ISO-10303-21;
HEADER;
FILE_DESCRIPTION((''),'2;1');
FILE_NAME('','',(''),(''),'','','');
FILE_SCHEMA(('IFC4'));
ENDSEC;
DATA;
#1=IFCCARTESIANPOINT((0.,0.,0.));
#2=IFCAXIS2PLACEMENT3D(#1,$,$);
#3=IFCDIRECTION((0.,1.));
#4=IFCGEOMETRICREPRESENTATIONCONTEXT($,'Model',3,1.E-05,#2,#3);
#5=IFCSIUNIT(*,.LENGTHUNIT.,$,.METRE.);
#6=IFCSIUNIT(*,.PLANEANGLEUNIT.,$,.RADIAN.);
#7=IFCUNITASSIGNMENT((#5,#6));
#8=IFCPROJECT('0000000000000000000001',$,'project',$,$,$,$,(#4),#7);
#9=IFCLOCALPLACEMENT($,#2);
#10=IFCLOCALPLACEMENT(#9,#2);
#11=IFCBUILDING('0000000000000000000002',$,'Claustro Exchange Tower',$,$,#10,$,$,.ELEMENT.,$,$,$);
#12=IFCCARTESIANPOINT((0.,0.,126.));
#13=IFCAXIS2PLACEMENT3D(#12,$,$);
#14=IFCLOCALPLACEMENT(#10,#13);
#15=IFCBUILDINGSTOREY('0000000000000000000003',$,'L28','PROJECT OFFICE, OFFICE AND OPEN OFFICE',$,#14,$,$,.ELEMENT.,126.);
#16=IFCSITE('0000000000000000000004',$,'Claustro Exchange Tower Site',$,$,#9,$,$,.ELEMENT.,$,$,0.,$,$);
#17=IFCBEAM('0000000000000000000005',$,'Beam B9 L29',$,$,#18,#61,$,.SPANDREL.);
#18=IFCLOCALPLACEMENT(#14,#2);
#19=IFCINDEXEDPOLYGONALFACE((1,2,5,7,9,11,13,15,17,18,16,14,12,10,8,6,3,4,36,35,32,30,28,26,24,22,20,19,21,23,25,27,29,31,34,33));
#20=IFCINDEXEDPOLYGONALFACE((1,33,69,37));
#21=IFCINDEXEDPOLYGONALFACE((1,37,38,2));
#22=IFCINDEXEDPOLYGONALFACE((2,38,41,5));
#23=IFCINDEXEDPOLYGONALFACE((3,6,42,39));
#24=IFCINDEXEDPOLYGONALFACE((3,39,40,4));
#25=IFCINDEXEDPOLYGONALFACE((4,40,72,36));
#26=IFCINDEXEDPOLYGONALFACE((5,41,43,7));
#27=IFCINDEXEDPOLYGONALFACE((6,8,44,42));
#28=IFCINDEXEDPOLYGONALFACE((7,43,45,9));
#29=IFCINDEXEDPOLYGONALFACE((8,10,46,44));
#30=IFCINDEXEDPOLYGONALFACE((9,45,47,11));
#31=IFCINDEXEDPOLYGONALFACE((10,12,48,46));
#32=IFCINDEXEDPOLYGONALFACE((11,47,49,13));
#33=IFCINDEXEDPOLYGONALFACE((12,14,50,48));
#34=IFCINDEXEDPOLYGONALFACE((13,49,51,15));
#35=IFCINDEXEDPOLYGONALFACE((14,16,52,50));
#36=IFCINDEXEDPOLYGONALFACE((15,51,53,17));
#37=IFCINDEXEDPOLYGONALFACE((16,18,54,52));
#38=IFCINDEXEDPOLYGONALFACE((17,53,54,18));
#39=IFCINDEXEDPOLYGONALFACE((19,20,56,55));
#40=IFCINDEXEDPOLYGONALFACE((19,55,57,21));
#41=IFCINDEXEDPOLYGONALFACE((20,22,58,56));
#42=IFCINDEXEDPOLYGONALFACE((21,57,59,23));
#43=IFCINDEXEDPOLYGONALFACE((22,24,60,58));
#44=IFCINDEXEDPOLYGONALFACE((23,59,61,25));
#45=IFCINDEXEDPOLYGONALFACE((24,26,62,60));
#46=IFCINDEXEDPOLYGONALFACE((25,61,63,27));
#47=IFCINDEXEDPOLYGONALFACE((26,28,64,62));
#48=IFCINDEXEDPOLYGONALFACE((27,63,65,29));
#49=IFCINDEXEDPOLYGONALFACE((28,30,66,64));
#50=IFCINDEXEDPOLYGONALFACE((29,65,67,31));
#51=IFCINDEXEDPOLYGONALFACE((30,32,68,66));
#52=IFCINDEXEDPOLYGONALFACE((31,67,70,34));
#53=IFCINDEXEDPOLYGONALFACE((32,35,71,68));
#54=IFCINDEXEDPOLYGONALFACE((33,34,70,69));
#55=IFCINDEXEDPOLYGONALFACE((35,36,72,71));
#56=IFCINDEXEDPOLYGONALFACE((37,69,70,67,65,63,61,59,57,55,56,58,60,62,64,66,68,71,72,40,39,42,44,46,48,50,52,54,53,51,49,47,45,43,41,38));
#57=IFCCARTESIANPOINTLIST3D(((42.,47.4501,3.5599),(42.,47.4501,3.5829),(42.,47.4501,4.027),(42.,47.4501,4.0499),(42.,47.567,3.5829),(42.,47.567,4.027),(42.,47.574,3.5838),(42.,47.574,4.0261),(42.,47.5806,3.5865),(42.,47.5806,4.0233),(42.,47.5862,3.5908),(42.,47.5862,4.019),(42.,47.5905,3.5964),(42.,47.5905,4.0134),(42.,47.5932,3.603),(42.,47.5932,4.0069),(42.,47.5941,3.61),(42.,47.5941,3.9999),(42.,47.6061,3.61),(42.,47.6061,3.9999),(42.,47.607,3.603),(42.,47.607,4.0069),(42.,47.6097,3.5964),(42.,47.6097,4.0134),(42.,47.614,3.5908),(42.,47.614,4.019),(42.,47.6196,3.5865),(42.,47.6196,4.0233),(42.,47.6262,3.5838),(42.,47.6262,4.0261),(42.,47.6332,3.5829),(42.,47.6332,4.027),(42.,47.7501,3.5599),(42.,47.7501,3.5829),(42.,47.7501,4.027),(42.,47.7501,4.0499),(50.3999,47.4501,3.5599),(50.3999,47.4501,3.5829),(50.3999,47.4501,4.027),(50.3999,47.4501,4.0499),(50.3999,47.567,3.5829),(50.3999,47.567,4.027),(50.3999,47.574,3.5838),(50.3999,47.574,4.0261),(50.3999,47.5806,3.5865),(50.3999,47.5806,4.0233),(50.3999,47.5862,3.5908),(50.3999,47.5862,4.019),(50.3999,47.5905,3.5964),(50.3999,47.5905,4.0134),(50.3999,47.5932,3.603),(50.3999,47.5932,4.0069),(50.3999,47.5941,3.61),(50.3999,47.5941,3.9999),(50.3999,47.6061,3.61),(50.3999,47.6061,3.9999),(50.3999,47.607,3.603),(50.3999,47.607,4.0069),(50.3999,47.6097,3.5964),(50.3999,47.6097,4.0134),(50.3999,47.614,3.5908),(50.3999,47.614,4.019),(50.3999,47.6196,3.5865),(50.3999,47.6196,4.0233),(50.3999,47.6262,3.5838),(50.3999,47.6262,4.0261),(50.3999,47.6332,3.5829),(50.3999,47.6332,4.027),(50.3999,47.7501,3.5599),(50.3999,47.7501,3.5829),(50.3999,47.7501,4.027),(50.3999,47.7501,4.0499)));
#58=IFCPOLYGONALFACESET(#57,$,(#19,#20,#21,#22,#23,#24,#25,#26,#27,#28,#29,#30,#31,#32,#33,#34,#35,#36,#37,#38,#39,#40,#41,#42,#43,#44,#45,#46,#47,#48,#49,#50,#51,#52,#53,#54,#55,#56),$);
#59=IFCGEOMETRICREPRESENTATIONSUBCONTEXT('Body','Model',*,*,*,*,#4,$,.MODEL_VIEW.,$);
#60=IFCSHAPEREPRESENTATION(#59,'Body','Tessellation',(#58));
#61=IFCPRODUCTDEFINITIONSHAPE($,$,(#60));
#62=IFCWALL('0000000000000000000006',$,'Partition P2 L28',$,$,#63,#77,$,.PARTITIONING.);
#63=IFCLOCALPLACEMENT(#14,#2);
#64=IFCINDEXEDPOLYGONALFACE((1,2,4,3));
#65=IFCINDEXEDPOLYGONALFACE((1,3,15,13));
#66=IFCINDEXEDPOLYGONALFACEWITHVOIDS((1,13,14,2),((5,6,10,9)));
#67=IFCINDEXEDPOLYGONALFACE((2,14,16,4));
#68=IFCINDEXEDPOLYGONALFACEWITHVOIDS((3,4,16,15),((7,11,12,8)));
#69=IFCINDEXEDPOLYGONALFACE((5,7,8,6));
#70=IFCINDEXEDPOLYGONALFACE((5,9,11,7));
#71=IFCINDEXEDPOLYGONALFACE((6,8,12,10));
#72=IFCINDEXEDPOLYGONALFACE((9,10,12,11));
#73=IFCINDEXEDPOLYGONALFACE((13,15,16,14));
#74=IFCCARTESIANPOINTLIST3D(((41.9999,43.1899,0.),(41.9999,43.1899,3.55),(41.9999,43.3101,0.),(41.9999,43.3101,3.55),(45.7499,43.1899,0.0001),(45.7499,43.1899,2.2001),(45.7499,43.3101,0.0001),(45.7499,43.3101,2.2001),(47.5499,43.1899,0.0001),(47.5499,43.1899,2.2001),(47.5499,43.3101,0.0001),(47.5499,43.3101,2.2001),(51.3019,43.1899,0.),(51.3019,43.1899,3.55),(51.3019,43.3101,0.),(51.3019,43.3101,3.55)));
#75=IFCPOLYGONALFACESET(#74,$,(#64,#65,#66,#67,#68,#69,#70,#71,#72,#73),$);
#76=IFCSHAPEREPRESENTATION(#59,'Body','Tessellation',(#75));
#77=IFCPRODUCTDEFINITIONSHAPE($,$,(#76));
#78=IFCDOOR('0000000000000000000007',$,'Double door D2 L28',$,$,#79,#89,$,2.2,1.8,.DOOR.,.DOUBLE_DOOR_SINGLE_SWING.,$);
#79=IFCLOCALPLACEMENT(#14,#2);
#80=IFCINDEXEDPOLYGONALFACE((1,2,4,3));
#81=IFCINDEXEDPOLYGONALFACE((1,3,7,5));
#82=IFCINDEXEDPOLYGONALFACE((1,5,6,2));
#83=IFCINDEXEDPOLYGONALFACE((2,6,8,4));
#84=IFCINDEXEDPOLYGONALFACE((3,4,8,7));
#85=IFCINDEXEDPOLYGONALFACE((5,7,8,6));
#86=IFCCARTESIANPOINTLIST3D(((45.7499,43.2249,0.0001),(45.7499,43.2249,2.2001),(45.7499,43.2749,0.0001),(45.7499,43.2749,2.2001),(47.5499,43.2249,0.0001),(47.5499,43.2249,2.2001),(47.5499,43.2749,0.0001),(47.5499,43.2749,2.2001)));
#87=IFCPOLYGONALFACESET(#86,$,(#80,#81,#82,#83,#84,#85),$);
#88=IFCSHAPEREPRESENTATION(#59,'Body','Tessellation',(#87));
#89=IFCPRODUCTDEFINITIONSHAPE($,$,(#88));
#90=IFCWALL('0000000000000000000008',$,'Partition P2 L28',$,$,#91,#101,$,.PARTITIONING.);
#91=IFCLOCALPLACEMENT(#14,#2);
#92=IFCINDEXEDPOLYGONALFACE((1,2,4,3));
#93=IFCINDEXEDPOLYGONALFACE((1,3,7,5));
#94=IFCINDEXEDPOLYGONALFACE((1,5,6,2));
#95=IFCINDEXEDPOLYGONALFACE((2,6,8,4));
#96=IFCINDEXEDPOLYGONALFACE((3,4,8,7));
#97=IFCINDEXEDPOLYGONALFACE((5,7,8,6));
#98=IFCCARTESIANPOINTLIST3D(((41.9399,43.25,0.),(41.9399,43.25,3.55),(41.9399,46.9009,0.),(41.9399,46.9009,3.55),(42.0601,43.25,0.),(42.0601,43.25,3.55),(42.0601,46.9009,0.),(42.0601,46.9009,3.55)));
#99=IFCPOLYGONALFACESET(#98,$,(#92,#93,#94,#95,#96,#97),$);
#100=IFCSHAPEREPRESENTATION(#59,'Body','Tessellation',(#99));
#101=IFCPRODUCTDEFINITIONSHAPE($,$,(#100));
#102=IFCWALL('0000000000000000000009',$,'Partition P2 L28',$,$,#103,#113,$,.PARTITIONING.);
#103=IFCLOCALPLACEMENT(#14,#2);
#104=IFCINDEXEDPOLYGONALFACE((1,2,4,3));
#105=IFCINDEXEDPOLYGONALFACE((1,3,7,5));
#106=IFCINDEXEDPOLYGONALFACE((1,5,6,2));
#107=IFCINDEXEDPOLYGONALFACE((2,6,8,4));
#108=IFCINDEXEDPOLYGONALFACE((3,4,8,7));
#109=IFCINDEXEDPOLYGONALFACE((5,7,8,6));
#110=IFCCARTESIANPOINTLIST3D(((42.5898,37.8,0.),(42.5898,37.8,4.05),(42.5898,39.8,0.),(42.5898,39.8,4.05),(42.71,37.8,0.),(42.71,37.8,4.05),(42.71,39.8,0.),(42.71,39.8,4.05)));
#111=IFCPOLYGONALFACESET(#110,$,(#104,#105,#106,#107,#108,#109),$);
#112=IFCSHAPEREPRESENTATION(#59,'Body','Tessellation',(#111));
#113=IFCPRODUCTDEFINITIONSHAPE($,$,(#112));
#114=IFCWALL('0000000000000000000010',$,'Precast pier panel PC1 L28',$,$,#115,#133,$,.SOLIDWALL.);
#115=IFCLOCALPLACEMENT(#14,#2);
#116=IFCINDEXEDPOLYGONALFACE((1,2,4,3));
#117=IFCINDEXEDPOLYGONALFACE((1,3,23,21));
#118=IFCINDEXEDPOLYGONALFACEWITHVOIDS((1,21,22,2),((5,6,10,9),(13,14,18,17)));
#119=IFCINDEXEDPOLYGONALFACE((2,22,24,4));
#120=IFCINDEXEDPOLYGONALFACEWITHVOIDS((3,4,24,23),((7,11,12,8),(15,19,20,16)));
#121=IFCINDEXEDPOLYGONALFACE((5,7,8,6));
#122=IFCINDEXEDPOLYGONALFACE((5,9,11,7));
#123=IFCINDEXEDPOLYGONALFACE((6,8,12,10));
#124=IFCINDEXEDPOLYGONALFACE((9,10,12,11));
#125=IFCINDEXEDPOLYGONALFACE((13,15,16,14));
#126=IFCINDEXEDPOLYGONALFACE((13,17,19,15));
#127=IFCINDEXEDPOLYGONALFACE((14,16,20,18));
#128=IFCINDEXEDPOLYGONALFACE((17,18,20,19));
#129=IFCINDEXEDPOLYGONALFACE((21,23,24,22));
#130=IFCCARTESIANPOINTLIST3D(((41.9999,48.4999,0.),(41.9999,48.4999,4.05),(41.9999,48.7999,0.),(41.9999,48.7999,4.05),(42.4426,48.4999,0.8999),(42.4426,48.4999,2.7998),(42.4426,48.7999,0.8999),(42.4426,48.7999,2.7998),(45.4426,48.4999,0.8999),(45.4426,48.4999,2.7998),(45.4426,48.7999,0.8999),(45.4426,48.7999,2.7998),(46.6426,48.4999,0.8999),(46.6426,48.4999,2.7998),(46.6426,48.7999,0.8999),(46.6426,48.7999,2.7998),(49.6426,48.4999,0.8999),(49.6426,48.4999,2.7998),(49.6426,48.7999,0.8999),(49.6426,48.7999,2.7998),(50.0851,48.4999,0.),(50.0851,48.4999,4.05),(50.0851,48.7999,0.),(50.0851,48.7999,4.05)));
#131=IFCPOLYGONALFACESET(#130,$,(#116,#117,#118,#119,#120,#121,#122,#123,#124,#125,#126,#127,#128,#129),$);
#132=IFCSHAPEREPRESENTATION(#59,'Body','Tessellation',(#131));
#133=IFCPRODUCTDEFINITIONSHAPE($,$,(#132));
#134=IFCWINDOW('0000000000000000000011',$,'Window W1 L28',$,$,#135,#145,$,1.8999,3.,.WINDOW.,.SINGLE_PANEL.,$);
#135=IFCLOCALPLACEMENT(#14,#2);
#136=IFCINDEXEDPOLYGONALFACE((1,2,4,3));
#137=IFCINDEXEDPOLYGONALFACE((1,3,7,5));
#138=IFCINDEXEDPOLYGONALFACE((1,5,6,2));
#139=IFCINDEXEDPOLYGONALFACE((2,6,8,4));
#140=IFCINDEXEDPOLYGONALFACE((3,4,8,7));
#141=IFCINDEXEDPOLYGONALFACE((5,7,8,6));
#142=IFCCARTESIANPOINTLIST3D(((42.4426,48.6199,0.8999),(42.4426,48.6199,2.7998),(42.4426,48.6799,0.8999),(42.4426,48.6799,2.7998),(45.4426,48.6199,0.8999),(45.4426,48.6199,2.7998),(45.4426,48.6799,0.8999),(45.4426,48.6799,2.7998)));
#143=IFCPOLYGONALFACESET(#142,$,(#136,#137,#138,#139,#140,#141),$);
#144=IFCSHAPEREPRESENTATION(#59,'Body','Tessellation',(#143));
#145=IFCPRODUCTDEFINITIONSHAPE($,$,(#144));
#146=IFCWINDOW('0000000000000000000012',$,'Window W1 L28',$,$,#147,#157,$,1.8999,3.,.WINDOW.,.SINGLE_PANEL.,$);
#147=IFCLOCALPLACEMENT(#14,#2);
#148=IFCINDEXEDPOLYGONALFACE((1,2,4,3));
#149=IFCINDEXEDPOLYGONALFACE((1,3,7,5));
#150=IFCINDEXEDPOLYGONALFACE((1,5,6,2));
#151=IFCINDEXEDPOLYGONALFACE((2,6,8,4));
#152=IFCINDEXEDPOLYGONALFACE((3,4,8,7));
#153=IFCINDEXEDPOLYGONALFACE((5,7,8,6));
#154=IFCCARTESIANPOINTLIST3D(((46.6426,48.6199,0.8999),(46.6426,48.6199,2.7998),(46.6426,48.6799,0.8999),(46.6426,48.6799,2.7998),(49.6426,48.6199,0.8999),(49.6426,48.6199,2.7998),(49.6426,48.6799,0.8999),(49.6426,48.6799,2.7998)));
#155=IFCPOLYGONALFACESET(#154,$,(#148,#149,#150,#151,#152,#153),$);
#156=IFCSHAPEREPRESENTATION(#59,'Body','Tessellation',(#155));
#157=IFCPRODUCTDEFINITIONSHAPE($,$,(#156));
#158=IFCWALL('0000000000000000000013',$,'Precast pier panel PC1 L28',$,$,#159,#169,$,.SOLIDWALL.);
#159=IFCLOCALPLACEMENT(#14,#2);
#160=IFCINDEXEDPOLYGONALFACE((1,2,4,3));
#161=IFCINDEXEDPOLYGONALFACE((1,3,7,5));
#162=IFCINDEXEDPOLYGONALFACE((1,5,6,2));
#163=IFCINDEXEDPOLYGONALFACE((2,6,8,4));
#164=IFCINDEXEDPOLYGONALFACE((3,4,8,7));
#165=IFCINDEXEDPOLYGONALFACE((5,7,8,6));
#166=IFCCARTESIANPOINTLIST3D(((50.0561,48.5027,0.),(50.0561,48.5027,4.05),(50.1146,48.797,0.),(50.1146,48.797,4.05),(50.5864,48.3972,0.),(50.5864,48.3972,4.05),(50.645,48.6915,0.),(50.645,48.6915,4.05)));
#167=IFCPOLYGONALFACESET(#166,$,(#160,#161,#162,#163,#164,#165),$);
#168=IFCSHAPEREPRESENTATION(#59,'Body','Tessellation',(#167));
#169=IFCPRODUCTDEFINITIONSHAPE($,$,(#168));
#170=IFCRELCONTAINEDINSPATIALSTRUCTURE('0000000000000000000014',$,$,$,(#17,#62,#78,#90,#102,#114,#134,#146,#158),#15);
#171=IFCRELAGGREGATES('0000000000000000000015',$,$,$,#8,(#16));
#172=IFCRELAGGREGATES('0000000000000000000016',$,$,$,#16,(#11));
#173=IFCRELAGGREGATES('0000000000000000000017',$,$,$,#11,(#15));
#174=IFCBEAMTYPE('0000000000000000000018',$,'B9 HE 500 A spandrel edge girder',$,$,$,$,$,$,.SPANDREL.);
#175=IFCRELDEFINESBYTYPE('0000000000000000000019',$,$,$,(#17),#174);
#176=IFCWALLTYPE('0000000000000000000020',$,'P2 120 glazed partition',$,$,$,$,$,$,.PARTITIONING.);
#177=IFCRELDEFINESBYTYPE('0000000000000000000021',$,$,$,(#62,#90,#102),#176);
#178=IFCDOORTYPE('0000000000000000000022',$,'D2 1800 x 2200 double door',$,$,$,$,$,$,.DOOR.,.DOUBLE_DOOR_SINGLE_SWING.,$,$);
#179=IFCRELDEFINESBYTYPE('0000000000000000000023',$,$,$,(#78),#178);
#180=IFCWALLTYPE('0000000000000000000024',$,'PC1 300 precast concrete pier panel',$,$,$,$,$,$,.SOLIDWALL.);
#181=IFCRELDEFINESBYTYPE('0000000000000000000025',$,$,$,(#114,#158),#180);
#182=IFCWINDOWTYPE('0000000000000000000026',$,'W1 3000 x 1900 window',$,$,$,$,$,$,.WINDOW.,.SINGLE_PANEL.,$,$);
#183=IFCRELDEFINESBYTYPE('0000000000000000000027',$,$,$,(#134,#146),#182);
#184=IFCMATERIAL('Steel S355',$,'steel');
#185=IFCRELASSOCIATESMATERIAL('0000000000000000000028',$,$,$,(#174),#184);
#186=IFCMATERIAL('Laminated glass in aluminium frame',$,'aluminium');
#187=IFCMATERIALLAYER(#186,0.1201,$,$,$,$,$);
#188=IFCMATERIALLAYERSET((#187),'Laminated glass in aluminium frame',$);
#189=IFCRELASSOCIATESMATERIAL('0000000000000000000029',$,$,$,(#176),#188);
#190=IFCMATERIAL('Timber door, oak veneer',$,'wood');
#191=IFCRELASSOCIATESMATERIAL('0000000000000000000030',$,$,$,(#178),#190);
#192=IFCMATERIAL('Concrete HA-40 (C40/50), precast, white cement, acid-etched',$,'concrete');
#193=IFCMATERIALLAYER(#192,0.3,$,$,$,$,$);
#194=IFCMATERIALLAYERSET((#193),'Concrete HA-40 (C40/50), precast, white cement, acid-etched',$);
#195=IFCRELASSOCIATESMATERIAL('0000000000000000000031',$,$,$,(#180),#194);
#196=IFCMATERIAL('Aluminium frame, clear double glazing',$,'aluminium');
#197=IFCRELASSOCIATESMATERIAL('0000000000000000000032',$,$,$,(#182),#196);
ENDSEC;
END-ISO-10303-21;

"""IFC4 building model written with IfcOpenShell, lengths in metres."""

from ifc_helpers import new_model, si_unit, direction, frame, frame_2d, origin, origin_2d, place, context, subcontext, project, spatial, rectangle, i_section, extrude, material, layer, layer_set, material_profile, profile_set, type_object, element, fill, save


model = new_model("IFC4")

# Units and contexts
model_context = context("Model", 3, precision=1e-05, world=origin(), true_north=direction((0.0, 1.0)))
body_context = subcontext(model_context, "Body", "Model", "MODEL_VIEW")
ifc_project = project(units=[si_unit("LENGTHUNIT", "METRE"), si_unit("PLANEANGLEUNIT", "RADIAN")], contexts=[model_context])

# Site, building, storey
site_placement = place(None, origin())
site = spatial("IfcSite", under=ifc_project, at=site_placement, Name="Claustro Exchange Tower Site", CompositionType="ELEMENT", RefElevation=0.0)
building_placement = place(site_placement, origin())
building = spatial("IfcBuilding", under=site, at=building_placement, Name="Claustro Exchange Tower", CompositionType="ELEMENT")
storey_placement = place(building_placement, frame((0.0, 0.0, 126.0)))
storey = spatial("IfcBuildingStorey", under=building, at=storey_placement, Name="L28", Description="PROJECT OFFICE, OFFICE AND OPEN OFFICE", CompositionType="ELEMENT", Elevation=126.0)

# Beam
ifc_material_1 = material(Name="Steel S355", Category="steel")
ifc_material_profile_1 = material_profile(ifc_material_1, i_section(OverallWidth=0.3, OverallDepth=0.49, WebThickness=0.012, FlangeThickness=0.0229, FilletRadius=0.0271, at=origin_2d()), Name="HE 500 A")
ifc_profile_set_1 = profile_set([ifc_material_profile_1], Name="Steel S355")
beam_type_1 = type_object("IfcBeamType", Name="B9 HE 500 A spandrel edge girder", PredefinedType="SPANDREL", material=ifc_profile_set_1)
beam_1_placement = place(storey_placement, frame((42.0, 47.6001, 3.8049), z_axis=(1.0, 0.0, 0.0), x_axis=(0.0, 1.0, 0.0)))
element("IfcBeam", 1, at=beam_1_placement, inside=storey, type_object=beam_type_1, Name="Beam B9 L29", PredefinedType="SPANDREL", context=body_context, shape_type="SweptSolid", body=[
    extrude(i_section(OverallWidth=0.3, OverallDepth=0.49, WebThickness=0.012, FlangeThickness=0.0229, FilletRadius=0.0271, at=origin_2d()), origin(), (0.0, 0.0, 1.0), 8.3999),
])

# Wall, opening, door
ifc_material_2 = material(Name="Laminated glass in aluminium frame", Category="aluminium")
ifc_layer_1 = layer(ifc_material_2, 0.1201)
ifc_layer_set_1 = layer_set([ifc_layer_1], Name="Laminated glass in aluminium frame")
wall_type_1 = type_object("IfcWallType", Name="P2 120 glazed partition", PredefinedType="PARTITIONING", material=ifc_layer_set_1)
wall_1_placement = place(storey_placement, frame((42.0, 43.25, 0.0), z_axis=(0.0, 0.0, 1.0), x_axis=(1.0, 0.0, 0.0)))
wall_1 = element("IfcWall", 2, at=wall_1_placement, inside=storey, type_object=wall_type_1, Name="Partition P2 L28", PredefinedType="PARTITIONING", context=body_context, shape_type="SweptSolid", body=[
    extrude(rectangle(XDim=9.302, YDim=0.1201, at=frame_2d((4.6509, 0.0))), origin(), (0.0, 0.0, 1.0), 3.55),
])
opening_1_placement = place(wall_1_placement, frame((3.75, 0.0, 0.0)))
opening_1 = element("IfcOpeningElement", 3, at=opening_1_placement, cuts=wall_1, PredefinedType="OPENING", context=body_context, shape_type="SweptSolid", body=[
    extrude(rectangle(XDim=1.8, YDim=2.2, at=frame_2d((0.8999, 1.1001))), frame((0.0, 0.0701, 0.0), z_axis=(0.0, -1.0, 0.0), x_axis=(1.0, 0.0, 0.0)), (0.0, 0.0, 1.0), 0.1401),
])
ifc_material_3 = material(Name="Timber door, oak veneer", Category="wood")
door_type = type_object("IfcDoorType", Name="D2 1800 x 2200 double door", OperationType="DOUBLE_DOOR_SINGLE_SWING", PredefinedType="DOOR", material=ifc_material_3)
door_placement = place(opening_1_placement, origin())
door = element("IfcDoor", 4, at=door_placement, inside=storey, type_object=door_type, Name="Double door D2 L28", OperationType="DOUBLE_DOOR_SINGLE_SWING", OverallHeight=2.2, OverallWidth=1.8, PredefinedType="DOOR", context=body_context, shape_type="SweptSolid", body=[
    extrude(rectangle(XDim=1.8, YDim=2.2, at=frame_2d((0.8999, 1.1001))), frame((0.0, 0.0249, 0.0), z_axis=(0.0, -1.0, 0.0), x_axis=(1.0, 0.0, 0.0)), (0.0, 0.0, 1.0), 0.05),
])
fill(opening_1, door)

# Walls
wall_2_placement = place(storey_placement, frame((42.0, 43.25, 0.0), z_axis=(0.0, 0.0, 1.0), x_axis=(0.0, 1.0, 0.0)))
element("IfcWall", 5, at=wall_2_placement, inside=storey, type_object=wall_type_1, Name="Partition P2 L28", PredefinedType="PARTITIONING", context=body_context, shape_type="SweptSolid", body=[
    extrude(rectangle(XDim=3.6509, YDim=0.1201, at=frame_2d((1.8254, 0.0))), origin(), (0.0, 0.0, 1.0), 3.55),
])
wall_3_placement = place(storey_placement, frame((42.6499, 37.8, 0.0), z_axis=(0.0, 0.0, 1.0), x_axis=(0.0, 1.0, 0.0)))
element("IfcWall", 6, at=wall_3_placement, inside=storey, type_object=wall_type_1, Name="Partition P2 L28", PredefinedType="PARTITIONING", context=body_context, shape_type="SweptSolid", body=[
    extrude(rectangle(XDim=2.0, YDim=0.1201, at=frame_2d((1.0, 0.0))), origin(), (0.0, 0.0, 1.0), 4.05),
])

# Wall, openings, windows
ifc_material_4 = material(Name="Concrete HA-40 (C40/50), precast, white cement, acid-etched", Category="concrete")
ifc_layer_2 = layer(ifc_material_4, 0.3)
ifc_layer_set_2 = layer_set([ifc_layer_2], Name="Concrete HA-40 (C40/50), precast, white cement, acid-etched")
wall_type_2 = type_object("IfcWallType", Name="PC1 300 precast concrete pier panel", PredefinedType="SOLIDWALL", material=ifc_layer_set_2)
wall_4_placement = place(storey_placement, frame((42.0, 48.6499, 0.0), z_axis=(0.0, 0.0, 1.0), x_axis=(1.0, 0.0, 0.0)))
wall_4 = element("IfcWall", 7, at=wall_4_placement, inside=storey, type_object=wall_type_2, Name="Precast pier panel PC1 L28", PredefinedType="SOLIDWALL", context=body_context, shape_type="SweptSolid", body=[
    extrude(rectangle(XDim=8.0852, YDim=0.3, at=frame_2d((4.0425, 0.0))), origin(), (0.0, 0.0, 1.0), 4.05),
])
opening_2_placement = place(wall_4_placement, frame((0.4426, 0.0, 0.8999)))
opening_2 = element("IfcOpeningElement", 8, at=opening_2_placement, cuts=wall_4, PredefinedType="OPENING", context=body_context, shape_type="SweptSolid", body=[
    extrude(rectangle(XDim=3.0, YDim=1.8999, at=frame_2d((1.5, 0.95))), frame((0.0, 0.1599, 0.0), z_axis=(0.0, -1.0, 0.0), x_axis=(1.0, 0.0, 0.0)), (0.0, 0.0, 1.0), 0.3201),
])
opening_3_placement = place(wall_4_placement, frame((4.6426, 0.0, 0.8999)))
opening_3 = element("IfcOpeningElement", 9, at=opening_3_placement, cuts=wall_4, PredefinedType="OPENING", context=body_context, shape_type="SweptSolid", body=[
    extrude(rectangle(XDim=3.0, YDim=1.8999, at=frame_2d((1.5, 0.95))), frame((0.0, 0.1599, 0.0), z_axis=(0.0, -1.0, 0.0), x_axis=(1.0, 0.0, 0.0)), (0.0, 0.0, 1.0), 0.3201),
])
ifc_material_5 = material(Name="Aluminium frame, clear double glazing", Category="aluminium")
window_type_1 = type_object("IfcWindowType", Name="W1 3000 x 1900 window", PartitioningType="SINGLE_PANEL", PredefinedType="WINDOW", material=ifc_material_5)
window_1_placement = place(opening_2_placement, origin())
window_1 = element("IfcWindow", 10, at=window_1_placement, inside=storey, type_object=window_type_1, Name="Window W1 L28", OverallHeight=1.8999, OverallWidth=3.0, PartitioningType="SINGLE_PANEL", PredefinedType="WINDOW", context=body_context, shape_type="SweptSolid", body=[
    extrude(rectangle(XDim=3.0, YDim=1.8999, at=frame_2d((1.5, 0.95))), frame((0.0, 0.03, 0.0), z_axis=(0.0, -1.0, 0.0), x_axis=(1.0, 0.0, 0.0)), (0.0, 0.0, 1.0), 0.0601),
])
fill(opening_2, window_1)
window_2_placement = place(opening_3_placement, origin())
window_2 = element("IfcWindow", 11, at=window_2_placement, inside=storey, type_object=window_type_1, Name="Window W1 L28", OverallHeight=1.8999, OverallWidth=3.0, PartitioningType="SINGLE_PANEL", PredefinedType="WINDOW", context=body_context, shape_type="SweptSolid", body=[
    extrude(rectangle(XDim=3.0, YDim=1.8999, at=frame_2d((1.5, 0.95))), frame((0.0, 0.03, 0.0), z_axis=(0.0, -1.0, 0.0), x_axis=(1.0, 0.0, 0.0)), (0.0, 0.0, 1.0), 0.0601),
])
fill(opening_3, window_2)

# Wall
wall_5_placement = place(storey_placement, frame((50.0852, 48.6499, 0.0), z_axis=(0.0, 0.0, 1.0), x_axis=(0.980789, -0.195074, 0.0)))
element("IfcWall", 12, at=wall_5_placement, inside=storey, type_object=wall_type_2, Name="Precast pier panel PC1 L28", PredefinedType="SOLIDWALL", context=body_context, shape_type="SweptSolid", body=[
    extrude(rectangle(XDim=0.5408, YDim=0.3, at=frame_2d((0.2705, 0.0))), origin(), (0.0, 0.0, 1.0), 4.05),
])

save(model, "model.ifc")
